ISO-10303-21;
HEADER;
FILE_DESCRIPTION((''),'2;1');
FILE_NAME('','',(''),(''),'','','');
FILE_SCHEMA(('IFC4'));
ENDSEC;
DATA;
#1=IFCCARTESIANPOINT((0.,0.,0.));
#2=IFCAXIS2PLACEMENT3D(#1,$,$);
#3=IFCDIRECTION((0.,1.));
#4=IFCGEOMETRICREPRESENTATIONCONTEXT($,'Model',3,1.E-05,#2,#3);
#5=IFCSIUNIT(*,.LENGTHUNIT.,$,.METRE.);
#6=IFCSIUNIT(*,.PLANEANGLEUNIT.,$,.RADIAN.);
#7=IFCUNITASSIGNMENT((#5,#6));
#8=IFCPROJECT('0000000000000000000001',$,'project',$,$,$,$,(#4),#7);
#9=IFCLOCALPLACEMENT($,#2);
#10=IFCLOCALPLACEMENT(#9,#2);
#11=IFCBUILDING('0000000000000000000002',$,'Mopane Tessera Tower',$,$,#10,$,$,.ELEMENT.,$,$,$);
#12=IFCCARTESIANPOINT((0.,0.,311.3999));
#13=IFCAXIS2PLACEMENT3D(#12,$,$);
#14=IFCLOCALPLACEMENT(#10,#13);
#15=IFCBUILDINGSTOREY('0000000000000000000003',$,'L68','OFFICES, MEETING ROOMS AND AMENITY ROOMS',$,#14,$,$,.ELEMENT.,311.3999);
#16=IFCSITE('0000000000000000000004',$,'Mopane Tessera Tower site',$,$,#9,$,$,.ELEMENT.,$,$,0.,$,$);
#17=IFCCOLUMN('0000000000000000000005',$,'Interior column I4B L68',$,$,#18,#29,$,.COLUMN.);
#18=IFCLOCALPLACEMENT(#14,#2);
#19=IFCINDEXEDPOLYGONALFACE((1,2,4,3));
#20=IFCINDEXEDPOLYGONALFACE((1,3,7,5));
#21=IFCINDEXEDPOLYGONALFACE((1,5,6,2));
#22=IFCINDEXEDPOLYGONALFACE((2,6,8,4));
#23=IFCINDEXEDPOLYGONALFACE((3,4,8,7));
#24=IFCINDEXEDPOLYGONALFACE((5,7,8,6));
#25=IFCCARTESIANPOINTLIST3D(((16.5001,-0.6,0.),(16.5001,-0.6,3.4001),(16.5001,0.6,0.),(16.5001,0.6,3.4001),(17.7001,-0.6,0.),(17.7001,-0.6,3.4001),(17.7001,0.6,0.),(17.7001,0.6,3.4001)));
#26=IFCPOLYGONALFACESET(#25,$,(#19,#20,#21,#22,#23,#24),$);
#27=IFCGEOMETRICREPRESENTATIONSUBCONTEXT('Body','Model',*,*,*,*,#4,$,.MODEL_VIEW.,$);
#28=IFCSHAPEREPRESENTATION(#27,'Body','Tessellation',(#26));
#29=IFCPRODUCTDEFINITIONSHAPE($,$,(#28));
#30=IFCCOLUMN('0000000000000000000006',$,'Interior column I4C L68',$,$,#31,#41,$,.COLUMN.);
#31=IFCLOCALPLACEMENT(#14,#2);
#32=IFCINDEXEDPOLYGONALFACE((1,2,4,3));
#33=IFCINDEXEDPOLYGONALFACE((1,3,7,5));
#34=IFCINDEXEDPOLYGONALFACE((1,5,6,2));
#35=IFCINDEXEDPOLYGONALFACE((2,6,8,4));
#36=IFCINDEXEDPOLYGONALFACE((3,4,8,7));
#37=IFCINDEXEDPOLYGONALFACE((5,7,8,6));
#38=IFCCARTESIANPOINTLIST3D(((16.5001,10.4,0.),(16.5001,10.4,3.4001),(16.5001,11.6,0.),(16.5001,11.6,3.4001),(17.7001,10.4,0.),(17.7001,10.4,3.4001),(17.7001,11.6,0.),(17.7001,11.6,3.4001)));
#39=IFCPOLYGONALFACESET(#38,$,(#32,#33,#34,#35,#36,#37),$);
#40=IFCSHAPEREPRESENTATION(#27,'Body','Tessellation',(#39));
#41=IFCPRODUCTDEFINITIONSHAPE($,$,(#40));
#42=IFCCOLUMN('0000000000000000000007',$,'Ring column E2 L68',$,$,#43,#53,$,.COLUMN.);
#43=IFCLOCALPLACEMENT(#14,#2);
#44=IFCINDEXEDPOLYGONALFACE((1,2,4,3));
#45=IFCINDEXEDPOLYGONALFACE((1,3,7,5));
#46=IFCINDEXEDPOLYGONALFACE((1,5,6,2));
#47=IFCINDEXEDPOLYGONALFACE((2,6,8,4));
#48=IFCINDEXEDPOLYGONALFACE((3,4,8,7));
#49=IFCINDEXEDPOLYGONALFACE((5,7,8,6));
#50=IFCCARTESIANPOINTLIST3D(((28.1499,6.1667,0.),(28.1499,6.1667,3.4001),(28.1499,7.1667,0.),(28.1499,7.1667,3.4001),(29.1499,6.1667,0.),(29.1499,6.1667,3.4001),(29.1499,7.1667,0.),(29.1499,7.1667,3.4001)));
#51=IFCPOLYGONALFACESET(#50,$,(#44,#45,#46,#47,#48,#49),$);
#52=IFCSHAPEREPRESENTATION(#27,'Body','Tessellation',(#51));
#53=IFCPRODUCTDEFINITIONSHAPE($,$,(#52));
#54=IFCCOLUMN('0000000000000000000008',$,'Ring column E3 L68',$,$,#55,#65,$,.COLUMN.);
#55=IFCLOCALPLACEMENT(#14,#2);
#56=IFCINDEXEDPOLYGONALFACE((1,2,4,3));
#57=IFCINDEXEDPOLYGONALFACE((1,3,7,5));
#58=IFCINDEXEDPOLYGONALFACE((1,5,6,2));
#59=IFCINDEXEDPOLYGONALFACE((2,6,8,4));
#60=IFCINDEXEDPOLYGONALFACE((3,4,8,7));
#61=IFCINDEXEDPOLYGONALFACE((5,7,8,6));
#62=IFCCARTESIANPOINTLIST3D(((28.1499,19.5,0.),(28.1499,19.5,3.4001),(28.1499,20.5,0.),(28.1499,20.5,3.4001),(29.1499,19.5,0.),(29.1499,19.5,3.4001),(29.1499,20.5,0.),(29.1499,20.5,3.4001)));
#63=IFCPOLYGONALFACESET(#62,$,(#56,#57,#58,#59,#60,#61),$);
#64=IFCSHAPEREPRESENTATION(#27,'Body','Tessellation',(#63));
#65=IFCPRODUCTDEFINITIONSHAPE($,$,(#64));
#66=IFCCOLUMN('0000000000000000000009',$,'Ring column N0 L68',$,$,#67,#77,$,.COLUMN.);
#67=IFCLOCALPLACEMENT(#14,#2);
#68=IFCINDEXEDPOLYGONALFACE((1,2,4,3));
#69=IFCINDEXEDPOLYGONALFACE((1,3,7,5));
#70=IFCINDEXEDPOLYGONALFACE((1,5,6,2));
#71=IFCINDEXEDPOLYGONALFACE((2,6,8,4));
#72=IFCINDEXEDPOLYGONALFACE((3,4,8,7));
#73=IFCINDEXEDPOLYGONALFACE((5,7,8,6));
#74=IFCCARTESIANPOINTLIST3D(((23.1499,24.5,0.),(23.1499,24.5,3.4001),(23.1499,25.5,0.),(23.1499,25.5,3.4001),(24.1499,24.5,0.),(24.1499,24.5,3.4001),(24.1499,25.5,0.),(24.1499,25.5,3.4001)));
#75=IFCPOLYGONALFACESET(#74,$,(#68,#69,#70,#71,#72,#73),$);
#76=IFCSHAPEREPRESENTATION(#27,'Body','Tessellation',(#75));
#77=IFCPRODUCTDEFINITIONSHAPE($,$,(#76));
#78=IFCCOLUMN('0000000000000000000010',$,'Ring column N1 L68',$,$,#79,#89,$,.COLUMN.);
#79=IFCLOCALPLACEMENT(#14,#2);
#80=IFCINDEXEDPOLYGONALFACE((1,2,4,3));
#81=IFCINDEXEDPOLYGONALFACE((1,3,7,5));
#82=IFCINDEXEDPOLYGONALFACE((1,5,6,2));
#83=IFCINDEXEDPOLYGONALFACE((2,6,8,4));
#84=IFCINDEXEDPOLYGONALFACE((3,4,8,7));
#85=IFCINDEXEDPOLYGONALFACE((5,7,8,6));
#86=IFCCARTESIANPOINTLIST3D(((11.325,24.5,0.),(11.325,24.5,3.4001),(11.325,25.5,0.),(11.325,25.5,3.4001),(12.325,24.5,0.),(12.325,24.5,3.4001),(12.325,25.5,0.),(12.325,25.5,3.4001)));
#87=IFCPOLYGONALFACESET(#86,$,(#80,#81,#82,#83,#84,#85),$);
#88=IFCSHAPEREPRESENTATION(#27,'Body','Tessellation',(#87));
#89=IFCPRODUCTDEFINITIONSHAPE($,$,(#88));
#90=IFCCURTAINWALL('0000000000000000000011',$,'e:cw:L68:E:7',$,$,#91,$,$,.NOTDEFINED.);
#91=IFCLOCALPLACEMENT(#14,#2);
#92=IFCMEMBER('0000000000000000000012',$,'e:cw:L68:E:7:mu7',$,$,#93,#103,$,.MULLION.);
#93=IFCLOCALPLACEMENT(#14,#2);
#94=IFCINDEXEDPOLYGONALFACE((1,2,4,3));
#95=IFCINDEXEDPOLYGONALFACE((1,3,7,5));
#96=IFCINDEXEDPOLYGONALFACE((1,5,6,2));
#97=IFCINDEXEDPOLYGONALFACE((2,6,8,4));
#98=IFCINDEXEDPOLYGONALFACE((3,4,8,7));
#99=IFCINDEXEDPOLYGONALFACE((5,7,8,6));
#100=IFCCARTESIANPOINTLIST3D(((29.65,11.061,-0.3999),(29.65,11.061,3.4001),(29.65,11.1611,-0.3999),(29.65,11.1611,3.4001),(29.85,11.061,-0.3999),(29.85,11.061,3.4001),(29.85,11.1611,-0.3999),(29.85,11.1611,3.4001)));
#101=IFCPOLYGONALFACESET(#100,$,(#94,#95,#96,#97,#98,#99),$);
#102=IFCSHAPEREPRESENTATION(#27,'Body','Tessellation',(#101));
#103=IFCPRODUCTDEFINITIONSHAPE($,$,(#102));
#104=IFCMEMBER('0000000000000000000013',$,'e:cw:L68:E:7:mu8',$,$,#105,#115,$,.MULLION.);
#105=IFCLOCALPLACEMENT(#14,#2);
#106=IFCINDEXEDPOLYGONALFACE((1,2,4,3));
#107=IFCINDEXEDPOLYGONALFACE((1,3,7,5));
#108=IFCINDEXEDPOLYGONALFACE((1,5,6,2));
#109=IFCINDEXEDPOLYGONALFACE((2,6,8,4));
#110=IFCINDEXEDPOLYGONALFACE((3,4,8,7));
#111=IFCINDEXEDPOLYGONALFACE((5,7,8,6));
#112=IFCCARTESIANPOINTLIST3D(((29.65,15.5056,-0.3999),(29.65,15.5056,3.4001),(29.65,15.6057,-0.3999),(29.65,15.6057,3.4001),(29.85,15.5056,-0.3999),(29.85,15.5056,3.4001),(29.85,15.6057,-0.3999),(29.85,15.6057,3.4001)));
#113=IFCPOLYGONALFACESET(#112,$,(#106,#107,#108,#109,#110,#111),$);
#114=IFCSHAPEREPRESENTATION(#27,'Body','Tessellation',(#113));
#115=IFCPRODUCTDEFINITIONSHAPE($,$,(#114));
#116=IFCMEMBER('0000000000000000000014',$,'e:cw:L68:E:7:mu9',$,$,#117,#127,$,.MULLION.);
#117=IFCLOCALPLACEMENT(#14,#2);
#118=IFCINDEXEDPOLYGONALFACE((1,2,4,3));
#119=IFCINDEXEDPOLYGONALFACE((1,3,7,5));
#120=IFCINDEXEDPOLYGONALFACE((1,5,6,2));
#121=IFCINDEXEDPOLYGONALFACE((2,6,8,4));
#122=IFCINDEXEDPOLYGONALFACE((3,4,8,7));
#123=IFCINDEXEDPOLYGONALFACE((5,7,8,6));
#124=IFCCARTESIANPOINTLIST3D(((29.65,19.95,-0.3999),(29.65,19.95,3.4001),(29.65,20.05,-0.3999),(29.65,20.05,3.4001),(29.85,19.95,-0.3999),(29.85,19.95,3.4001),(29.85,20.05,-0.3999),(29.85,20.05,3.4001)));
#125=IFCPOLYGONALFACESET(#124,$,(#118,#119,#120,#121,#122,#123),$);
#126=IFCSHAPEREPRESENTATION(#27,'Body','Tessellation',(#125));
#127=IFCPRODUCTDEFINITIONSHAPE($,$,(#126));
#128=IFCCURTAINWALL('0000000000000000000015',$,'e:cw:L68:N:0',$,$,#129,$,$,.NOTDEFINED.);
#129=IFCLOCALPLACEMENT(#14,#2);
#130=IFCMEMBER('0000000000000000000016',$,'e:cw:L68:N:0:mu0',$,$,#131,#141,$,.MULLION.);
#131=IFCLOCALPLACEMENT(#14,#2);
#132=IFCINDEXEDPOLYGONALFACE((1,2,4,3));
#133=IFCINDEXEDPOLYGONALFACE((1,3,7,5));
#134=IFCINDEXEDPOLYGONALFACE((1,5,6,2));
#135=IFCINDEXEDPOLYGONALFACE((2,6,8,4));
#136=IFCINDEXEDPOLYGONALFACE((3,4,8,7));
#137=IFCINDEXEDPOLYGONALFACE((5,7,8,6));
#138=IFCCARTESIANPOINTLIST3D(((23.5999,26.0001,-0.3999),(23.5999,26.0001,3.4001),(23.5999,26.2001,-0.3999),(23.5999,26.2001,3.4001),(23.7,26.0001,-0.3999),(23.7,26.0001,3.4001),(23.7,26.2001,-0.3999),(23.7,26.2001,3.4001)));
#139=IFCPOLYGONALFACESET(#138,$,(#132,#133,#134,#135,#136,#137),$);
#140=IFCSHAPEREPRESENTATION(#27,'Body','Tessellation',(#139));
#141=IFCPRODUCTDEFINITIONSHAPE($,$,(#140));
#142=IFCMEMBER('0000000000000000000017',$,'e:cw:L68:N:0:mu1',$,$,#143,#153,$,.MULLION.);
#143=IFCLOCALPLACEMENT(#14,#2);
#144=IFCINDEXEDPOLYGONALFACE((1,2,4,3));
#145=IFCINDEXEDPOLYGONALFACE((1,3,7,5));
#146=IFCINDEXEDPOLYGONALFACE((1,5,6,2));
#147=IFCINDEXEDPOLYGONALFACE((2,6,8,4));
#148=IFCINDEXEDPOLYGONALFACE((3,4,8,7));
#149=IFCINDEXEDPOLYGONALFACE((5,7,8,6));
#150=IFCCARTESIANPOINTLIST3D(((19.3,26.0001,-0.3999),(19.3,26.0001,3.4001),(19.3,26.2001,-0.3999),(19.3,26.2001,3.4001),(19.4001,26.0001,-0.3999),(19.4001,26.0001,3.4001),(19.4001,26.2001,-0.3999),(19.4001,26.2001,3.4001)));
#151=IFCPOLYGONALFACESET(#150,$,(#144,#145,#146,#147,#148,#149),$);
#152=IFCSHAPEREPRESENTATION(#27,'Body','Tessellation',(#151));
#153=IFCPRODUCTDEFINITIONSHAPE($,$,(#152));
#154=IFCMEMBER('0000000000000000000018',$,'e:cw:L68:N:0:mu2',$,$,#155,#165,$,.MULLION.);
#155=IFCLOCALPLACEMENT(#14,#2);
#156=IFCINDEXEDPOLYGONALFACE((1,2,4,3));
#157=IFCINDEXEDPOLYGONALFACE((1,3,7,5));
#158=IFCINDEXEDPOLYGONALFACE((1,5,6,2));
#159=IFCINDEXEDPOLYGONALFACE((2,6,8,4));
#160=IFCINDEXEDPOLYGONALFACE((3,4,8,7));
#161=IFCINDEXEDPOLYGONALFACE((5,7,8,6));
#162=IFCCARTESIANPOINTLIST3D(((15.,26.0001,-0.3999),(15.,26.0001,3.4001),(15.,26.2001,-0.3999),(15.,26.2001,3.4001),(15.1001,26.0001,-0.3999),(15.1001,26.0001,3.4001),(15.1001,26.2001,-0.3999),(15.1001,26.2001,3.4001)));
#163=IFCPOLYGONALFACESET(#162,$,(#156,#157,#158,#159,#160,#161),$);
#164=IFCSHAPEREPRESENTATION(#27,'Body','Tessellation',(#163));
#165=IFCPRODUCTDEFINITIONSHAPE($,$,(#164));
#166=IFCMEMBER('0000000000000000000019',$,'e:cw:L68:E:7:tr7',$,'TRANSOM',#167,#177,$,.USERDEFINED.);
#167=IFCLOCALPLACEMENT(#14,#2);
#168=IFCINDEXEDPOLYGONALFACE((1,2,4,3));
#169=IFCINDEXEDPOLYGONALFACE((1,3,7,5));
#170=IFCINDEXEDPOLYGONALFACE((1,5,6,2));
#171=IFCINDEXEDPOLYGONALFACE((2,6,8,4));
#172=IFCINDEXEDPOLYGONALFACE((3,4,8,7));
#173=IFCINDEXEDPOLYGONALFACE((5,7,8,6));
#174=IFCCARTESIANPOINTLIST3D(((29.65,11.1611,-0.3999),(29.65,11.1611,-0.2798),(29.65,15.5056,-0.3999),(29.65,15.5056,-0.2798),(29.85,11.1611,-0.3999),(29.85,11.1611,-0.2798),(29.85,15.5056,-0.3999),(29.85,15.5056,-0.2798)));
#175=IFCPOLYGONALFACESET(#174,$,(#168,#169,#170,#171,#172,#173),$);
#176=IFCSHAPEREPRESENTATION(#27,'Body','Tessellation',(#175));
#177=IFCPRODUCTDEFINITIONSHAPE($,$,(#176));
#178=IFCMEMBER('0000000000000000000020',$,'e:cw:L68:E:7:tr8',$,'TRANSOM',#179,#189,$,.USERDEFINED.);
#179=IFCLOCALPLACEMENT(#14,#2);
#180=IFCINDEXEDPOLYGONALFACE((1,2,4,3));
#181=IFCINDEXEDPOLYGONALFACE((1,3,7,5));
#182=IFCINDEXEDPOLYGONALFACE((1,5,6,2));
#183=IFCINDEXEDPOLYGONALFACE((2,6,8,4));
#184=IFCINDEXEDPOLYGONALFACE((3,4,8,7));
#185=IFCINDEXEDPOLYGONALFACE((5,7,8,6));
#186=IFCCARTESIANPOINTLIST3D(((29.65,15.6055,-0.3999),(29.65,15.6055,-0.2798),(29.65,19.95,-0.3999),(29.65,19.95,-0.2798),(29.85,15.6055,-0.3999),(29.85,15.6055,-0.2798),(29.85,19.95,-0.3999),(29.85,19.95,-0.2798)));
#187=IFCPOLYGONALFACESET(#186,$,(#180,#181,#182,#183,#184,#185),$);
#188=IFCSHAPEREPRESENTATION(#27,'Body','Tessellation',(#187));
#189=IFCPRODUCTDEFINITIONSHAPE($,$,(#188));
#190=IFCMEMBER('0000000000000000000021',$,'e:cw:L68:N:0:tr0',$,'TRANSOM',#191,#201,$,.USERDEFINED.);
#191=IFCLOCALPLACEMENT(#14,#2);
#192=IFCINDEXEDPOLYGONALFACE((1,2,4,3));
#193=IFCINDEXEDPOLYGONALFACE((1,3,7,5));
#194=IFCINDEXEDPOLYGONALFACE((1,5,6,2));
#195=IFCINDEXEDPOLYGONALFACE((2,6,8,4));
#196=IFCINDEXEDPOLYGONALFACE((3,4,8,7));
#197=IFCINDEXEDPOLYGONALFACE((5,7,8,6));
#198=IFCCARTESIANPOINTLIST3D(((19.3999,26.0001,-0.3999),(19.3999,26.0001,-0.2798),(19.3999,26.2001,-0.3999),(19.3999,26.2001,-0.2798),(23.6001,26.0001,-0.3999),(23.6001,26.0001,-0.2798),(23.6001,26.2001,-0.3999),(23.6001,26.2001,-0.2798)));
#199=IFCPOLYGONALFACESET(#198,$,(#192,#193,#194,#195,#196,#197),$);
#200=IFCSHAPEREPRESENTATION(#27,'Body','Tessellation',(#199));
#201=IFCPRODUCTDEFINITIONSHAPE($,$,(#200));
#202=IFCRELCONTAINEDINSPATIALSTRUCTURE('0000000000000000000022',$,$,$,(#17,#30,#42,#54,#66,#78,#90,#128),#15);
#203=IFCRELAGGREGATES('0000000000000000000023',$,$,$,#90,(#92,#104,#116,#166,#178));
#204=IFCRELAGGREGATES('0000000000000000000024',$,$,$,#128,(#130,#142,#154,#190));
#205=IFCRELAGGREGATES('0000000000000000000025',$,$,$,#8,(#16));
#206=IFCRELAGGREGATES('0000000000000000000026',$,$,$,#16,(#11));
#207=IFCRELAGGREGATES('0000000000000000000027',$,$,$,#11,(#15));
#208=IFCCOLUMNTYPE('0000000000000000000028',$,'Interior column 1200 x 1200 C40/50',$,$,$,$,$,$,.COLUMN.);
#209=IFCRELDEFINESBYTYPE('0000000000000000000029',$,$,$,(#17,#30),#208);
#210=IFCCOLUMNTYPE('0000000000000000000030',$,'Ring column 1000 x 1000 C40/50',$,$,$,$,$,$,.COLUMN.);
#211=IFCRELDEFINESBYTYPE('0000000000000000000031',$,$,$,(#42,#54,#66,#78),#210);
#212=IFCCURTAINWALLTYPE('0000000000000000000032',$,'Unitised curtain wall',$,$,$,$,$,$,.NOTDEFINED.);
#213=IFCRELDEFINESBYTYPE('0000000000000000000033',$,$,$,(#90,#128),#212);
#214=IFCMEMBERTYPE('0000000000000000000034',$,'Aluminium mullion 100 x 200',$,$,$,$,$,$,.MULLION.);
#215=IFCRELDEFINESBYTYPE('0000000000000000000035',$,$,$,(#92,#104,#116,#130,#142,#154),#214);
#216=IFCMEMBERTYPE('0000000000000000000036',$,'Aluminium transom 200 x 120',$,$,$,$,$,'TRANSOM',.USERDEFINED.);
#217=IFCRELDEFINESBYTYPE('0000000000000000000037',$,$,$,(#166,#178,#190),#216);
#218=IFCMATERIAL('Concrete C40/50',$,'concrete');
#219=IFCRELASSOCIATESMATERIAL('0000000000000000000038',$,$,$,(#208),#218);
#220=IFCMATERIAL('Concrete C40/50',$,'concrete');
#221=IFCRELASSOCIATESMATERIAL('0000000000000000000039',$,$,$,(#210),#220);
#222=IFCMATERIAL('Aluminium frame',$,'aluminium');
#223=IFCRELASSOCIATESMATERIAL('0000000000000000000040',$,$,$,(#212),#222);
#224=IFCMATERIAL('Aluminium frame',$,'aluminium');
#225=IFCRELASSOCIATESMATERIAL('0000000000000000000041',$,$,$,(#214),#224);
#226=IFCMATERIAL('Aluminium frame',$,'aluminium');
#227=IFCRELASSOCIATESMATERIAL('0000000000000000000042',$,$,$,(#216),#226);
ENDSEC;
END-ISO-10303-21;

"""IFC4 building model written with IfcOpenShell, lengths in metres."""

from ifc_helpers import new_model, si_unit, direction, frame, origin, origin_2d, place, context, subcontext, project, spatial, rectangle, extrude, material, material_profile, profile_set, type_object, element, aggregate, save


model = new_model("IFC4")

# Units and contexts
model_context = context("Model", 3, precision=1e-05, world=origin(), true_north=direction((0.0, 1.0)))
body_context = subcontext(model_context, "Body", "Model", "MODEL_VIEW")
ifc_project = project(units=[si_unit("LENGTHUNIT", "METRE"), si_unit("PLANEANGLEUNIT", "RADIAN")], contexts=[model_context])

# Site, building, storey
site_placement = place(None, origin())
site = spatial("IfcSite", under=ifc_project, at=site_placement, Name="Mopane Tessera Tower site", CompositionType="ELEMENT", RefElevation=0.0)
building_placement = place(site_placement, origin())
building = spatial("IfcBuilding", under=site, at=building_placement, Name="Mopane Tessera Tower", CompositionType="ELEMENT")
storey_placement = place(building_placement, frame((0.0, 0.0, 311.3999)))
storey = spatial("IfcBuildingStorey", under=building, at=storey_placement, Name="L68", Description="OFFICES, MEETING ROOMS AND AMENITY ROOMS", CompositionType="ELEMENT", Elevation=311.3999)

# Columns
ifc_material_1 = material(Name="Concrete C40/50", Category="concrete")
ifc_material_profile_1 = material_profile(ifc_material_1, rectangle(XDim=1.2, YDim=1.2, at=origin_2d()))
ifc_profile_set_1 = profile_set([ifc_material_profile_1], Name="Concrete C40/50")
column_type_1 = type_object("IfcColumnType", Name="Interior column 1200 x 1200 C40/50", PredefinedType="COLUMN", material=ifc_profile_set_1)
for number, where, z_axis, x_axis, name in (
    (1, (17.1001, 0.0, 0.0), (0.0, 0.0, 1.0), (1.0, 0.0, 0.0), "Interior column I4B L68"),
    (2, (17.1001, 11.0, 0.0), (0.0, 0.0, 1.0), (1.0, 0.0, 0.0), "Interior column I4C L68"),
):
    element("IfcColumn", number, at=place(storey_placement, frame(where, z_axis=z_axis, x_axis=x_axis)), inside=storey, type_object=column_type_1, Name=name, PredefinedType="COLUMN", context=body_context, shape_type="SweptSolid", body=[
        extrude(rectangle(XDim=1.2, YDim=1.2, at=origin_2d()), origin(), (0.0, 0.0, 1.0), 3.4001),
    ])
ifc_material_2 = material(Name="Concrete C40/50", Category="concrete")
ifc_material_profile_2 = material_profile(ifc_material_2, rectangle(XDim=1.0, YDim=1.0, at=origin_2d()))
ifc_profile_set_2 = profile_set([ifc_material_profile_2], Name="Concrete C40/50")
column_type_2 = type_object("IfcColumnType", Name="Ring column 1000 x 1000 C40/50", PredefinedType="COLUMN", material=ifc_profile_set_2)
for number, where, z_axis, x_axis, name in (
    (3, (28.6499, 6.6667, 0.0), (0.0, 0.0, 1.0), (1.0, 0.0, 0.0), "Ring column E2 L68"),
    (4, (28.6499, 20.0, 0.0), (0.0, 0.0, 1.0), (1.0, 0.0, 0.0), "Ring column E3 L68"),
    (5, (23.6499, 25.0, 0.0), (0.0, 0.0, 1.0), (1.0, 0.0, 0.0), "Ring column N0 L68"),
    (6, (11.825, 25.0, 0.0), (0.0, 0.0, 1.0), (1.0, 0.0, 0.0), "Ring column N1 L68"),
):
    element("IfcColumn", number, at=place(storey_placement, frame(where, z_axis=z_axis, x_axis=x_axis)), inside=storey, type_object=column_type_2, Name=name, PredefinedType="COLUMN", context=body_context, shape_type="SweptSolid", body=[
        extrude(rectangle(XDim=1.0, YDim=1.0, at=origin_2d()), origin(), (0.0, 0.0, 1.0), 3.4001),
    ])

# Curtain walls, members
ifc_material_3 = material(Name="Aluminium frame", Category="aluminium")
curtain_wall_type = type_object("IfcCurtainWallType", Name="Unitised curtain wall", PredefinedType="NOTDEFINED", material=ifc_material_3)
curtain_wall_1_placement = place(storey_placement, origin())
curtain_wall_1 = element("IfcCurtainWall", 7, at=curtain_wall_1_placement, inside=storey, type_object=curtain_wall_type, Name="e:cw:L68:E:7", PredefinedType="NOTDEFINED")
ifc_material_4 = material(Name="Aluminium frame", Category="aluminium")
ifc_material_profile_3 = material_profile(ifc_material_4, rectangle(XDim=0.1001, YDim=0.2, at=origin_2d()))
ifc_profile_set_3 = profile_set([ifc_material_profile_3], Name="Aluminium frame")
member_type_1 = type_object("IfcMemberType", Name="Aluminium mullion 100 x 200", PredefinedType="MULLION", material=ifc_profile_set_3)
member_1_placement = place(storey_placement, frame((29.75, 11.1111, -0.3999), z_axis=(0.0, 0.0, 1.0), x_axis=(0.0, 1.0, 0.0)))
member_1 = element("IfcMember", 8, at=member_1_placement, type_object=member_type_1, Name="e:cw:L68:E:7:mu7", PredefinedType="MULLION", context=body_context, shape_type="SweptSolid", body=[
    extrude(rectangle(XDim=0.1001, YDim=0.2, at=origin_2d()), origin(), (0.0, 0.0, 1.0), 3.8),
])
member_2_placement = place(storey_placement, frame((29.75, 15.5557, -0.3999), z_axis=(0.0, 0.0, 1.0), x_axis=(0.0, 1.0, 0.0)))
member_2 = element("IfcMember", 9, at=member_2_placement, type_object=member_type_1, Name="e:cw:L68:E:7:mu8", PredefinedType="MULLION", context=body_context, shape_type="SweptSolid", body=[
    extrude(rectangle(XDim=0.1001, YDim=0.2, at=origin_2d()), origin(), (0.0, 0.0, 1.0), 3.8),
])
member_3_placement = place(storey_placement, frame((29.75, 20.0, -0.3999), z_axis=(0.0, 0.0, 1.0), x_axis=(0.0, 1.0, 0.0)))
member_3 = element("IfcMember", 10, at=member_3_placement, type_object=member_type_1, Name="e:cw:L68:E:7:mu9", PredefinedType="MULLION", context=body_context, shape_type="SweptSolid", body=[
    extrude(rectangle(XDim=0.1001, YDim=0.2, at=origin_2d()), origin(), (0.0, 0.0, 1.0), 3.8),
])
curtain_wall_2_placement = place(storey_placement, origin())
curtain_wall_2 = element("IfcCurtainWall", 11, at=curtain_wall_2_placement, inside=storey, type_object=curtain_wall_type, Name="e:cw:L68:N:0", PredefinedType="NOTDEFINED")
member_4_placement = place(storey_placement, frame((23.6499, 26.1001, -0.3999), z_axis=(0.0, 0.0, 1.0), x_axis=(-1.0, 0.0, 0.0)))
member_4 = element("IfcMember", 12, at=member_4_placement, type_object=member_type_1, Name="e:cw:L68:N:0:mu0", PredefinedType="MULLION", context=body_context, shape_type="SweptSolid", body=[
    extrude(rectangle(XDim=0.1001, YDim=0.2, at=origin_2d()), origin(), (0.0, 0.0, 1.0), 3.8),
])
member_5_placement = place(storey_placement, frame((19.3501, 26.1001, -0.3999), z_axis=(0.0, 0.0, 1.0), x_axis=(-1.0, 0.0, 0.0)))
member_5 = element("IfcMember", 13, at=member_5_placement, type_object=member_type_1, Name="e:cw:L68:N:0:mu1", PredefinedType="MULLION", context=body_context, shape_type="SweptSolid", body=[
    extrude(rectangle(XDim=0.1001, YDim=0.2, at=origin_2d()), origin(), (0.0, 0.0, 1.0), 3.8),
])
member_6_placement = place(storey_placement, frame((15.05, 26.1001, -0.3999), z_axis=(0.0, 0.0, 1.0), x_axis=(-1.0, 0.0, 0.0)))
member_6 = element("IfcMember", 14, at=member_6_placement, type_object=member_type_1, Name="e:cw:L68:N:0:mu2", PredefinedType="MULLION", context=body_context, shape_type="SweptSolid", body=[
    extrude(rectangle(XDim=0.1001, YDim=0.2, at=origin_2d()), origin(), (0.0, 0.0, 1.0), 3.8),
])

# Members
ifc_material_5 = material(Name="Aluminium frame", Category="aluminium")
ifc_material_profile_4 = material_profile(ifc_material_5, rectangle(XDim=0.2, YDim=0.1201, at=origin_2d()))
ifc_profile_set_4 = profile_set([ifc_material_profile_4], Name="Aluminium frame")
member_type_2 = type_object("IfcMemberType", Name="Aluminium transom 200 x 120", ElementType="TRANSOM", PredefinedType="USERDEFINED", material=ifc_profile_set_4)
member_7_placement = place(storey_placement, frame((29.75, 11.1611, -0.3398), z_axis=(0.0, 1.0, 0.0), x_axis=(-1.0, 0.0, 0.0)))
member_7 = element("IfcMember", 15, at=member_7_placement, type_object=member_type_2, Name="e:cw:L68:E:7:tr7", ObjectType="TRANSOM", PredefinedType="USERDEFINED", context=body_context, shape_type="SweptSolid", body=[
    extrude(rectangle(XDim=0.2, YDim=0.1201, at=origin_2d()), origin(), (0.0, 0.0, 1.0), 4.3445),
])
member_8_placement = place(storey_placement, frame((29.75, 15.6055, -0.3398), z_axis=(0.0, 1.0, 0.0), x_axis=(-1.0, 0.0, 0.0)))
member_8 = element("IfcMember", 16, at=member_8_placement, type_object=member_type_2, Name="e:cw:L68:E:7:tr8", ObjectType="TRANSOM", PredefinedType="USERDEFINED", context=body_context, shape_type="SweptSolid", body=[
    extrude(rectangle(XDim=0.2, YDim=0.1201, at=origin_2d()), origin(), (0.0, 0.0, 1.0), 4.3445),
])
member_9_placement = place(storey_placement, frame((23.6001, 26.1001, -0.3398), z_axis=(-1.0, 0.0, 0.0), x_axis=(0.0, -1.0, 0.0)))
member_9 = element("IfcMember", 17, at=member_9_placement, type_object=member_type_2, Name="e:cw:L68:N:0:tr0", ObjectType="TRANSOM", PredefinedType="USERDEFINED", context=body_context, shape_type="SweptSolid", body=[
    extrude(rectangle(XDim=0.2, YDim=0.1201, at=origin_2d()), origin(), (0.0, 0.0, 1.0), 4.2002),
])

aggregate(curtain_wall_1, [member_1, member_2, member_3, member_7, member_8])
aggregate(curtain_wall_2, [member_4, member_5, member_6, member_9])

save(model, "model.ifc")
